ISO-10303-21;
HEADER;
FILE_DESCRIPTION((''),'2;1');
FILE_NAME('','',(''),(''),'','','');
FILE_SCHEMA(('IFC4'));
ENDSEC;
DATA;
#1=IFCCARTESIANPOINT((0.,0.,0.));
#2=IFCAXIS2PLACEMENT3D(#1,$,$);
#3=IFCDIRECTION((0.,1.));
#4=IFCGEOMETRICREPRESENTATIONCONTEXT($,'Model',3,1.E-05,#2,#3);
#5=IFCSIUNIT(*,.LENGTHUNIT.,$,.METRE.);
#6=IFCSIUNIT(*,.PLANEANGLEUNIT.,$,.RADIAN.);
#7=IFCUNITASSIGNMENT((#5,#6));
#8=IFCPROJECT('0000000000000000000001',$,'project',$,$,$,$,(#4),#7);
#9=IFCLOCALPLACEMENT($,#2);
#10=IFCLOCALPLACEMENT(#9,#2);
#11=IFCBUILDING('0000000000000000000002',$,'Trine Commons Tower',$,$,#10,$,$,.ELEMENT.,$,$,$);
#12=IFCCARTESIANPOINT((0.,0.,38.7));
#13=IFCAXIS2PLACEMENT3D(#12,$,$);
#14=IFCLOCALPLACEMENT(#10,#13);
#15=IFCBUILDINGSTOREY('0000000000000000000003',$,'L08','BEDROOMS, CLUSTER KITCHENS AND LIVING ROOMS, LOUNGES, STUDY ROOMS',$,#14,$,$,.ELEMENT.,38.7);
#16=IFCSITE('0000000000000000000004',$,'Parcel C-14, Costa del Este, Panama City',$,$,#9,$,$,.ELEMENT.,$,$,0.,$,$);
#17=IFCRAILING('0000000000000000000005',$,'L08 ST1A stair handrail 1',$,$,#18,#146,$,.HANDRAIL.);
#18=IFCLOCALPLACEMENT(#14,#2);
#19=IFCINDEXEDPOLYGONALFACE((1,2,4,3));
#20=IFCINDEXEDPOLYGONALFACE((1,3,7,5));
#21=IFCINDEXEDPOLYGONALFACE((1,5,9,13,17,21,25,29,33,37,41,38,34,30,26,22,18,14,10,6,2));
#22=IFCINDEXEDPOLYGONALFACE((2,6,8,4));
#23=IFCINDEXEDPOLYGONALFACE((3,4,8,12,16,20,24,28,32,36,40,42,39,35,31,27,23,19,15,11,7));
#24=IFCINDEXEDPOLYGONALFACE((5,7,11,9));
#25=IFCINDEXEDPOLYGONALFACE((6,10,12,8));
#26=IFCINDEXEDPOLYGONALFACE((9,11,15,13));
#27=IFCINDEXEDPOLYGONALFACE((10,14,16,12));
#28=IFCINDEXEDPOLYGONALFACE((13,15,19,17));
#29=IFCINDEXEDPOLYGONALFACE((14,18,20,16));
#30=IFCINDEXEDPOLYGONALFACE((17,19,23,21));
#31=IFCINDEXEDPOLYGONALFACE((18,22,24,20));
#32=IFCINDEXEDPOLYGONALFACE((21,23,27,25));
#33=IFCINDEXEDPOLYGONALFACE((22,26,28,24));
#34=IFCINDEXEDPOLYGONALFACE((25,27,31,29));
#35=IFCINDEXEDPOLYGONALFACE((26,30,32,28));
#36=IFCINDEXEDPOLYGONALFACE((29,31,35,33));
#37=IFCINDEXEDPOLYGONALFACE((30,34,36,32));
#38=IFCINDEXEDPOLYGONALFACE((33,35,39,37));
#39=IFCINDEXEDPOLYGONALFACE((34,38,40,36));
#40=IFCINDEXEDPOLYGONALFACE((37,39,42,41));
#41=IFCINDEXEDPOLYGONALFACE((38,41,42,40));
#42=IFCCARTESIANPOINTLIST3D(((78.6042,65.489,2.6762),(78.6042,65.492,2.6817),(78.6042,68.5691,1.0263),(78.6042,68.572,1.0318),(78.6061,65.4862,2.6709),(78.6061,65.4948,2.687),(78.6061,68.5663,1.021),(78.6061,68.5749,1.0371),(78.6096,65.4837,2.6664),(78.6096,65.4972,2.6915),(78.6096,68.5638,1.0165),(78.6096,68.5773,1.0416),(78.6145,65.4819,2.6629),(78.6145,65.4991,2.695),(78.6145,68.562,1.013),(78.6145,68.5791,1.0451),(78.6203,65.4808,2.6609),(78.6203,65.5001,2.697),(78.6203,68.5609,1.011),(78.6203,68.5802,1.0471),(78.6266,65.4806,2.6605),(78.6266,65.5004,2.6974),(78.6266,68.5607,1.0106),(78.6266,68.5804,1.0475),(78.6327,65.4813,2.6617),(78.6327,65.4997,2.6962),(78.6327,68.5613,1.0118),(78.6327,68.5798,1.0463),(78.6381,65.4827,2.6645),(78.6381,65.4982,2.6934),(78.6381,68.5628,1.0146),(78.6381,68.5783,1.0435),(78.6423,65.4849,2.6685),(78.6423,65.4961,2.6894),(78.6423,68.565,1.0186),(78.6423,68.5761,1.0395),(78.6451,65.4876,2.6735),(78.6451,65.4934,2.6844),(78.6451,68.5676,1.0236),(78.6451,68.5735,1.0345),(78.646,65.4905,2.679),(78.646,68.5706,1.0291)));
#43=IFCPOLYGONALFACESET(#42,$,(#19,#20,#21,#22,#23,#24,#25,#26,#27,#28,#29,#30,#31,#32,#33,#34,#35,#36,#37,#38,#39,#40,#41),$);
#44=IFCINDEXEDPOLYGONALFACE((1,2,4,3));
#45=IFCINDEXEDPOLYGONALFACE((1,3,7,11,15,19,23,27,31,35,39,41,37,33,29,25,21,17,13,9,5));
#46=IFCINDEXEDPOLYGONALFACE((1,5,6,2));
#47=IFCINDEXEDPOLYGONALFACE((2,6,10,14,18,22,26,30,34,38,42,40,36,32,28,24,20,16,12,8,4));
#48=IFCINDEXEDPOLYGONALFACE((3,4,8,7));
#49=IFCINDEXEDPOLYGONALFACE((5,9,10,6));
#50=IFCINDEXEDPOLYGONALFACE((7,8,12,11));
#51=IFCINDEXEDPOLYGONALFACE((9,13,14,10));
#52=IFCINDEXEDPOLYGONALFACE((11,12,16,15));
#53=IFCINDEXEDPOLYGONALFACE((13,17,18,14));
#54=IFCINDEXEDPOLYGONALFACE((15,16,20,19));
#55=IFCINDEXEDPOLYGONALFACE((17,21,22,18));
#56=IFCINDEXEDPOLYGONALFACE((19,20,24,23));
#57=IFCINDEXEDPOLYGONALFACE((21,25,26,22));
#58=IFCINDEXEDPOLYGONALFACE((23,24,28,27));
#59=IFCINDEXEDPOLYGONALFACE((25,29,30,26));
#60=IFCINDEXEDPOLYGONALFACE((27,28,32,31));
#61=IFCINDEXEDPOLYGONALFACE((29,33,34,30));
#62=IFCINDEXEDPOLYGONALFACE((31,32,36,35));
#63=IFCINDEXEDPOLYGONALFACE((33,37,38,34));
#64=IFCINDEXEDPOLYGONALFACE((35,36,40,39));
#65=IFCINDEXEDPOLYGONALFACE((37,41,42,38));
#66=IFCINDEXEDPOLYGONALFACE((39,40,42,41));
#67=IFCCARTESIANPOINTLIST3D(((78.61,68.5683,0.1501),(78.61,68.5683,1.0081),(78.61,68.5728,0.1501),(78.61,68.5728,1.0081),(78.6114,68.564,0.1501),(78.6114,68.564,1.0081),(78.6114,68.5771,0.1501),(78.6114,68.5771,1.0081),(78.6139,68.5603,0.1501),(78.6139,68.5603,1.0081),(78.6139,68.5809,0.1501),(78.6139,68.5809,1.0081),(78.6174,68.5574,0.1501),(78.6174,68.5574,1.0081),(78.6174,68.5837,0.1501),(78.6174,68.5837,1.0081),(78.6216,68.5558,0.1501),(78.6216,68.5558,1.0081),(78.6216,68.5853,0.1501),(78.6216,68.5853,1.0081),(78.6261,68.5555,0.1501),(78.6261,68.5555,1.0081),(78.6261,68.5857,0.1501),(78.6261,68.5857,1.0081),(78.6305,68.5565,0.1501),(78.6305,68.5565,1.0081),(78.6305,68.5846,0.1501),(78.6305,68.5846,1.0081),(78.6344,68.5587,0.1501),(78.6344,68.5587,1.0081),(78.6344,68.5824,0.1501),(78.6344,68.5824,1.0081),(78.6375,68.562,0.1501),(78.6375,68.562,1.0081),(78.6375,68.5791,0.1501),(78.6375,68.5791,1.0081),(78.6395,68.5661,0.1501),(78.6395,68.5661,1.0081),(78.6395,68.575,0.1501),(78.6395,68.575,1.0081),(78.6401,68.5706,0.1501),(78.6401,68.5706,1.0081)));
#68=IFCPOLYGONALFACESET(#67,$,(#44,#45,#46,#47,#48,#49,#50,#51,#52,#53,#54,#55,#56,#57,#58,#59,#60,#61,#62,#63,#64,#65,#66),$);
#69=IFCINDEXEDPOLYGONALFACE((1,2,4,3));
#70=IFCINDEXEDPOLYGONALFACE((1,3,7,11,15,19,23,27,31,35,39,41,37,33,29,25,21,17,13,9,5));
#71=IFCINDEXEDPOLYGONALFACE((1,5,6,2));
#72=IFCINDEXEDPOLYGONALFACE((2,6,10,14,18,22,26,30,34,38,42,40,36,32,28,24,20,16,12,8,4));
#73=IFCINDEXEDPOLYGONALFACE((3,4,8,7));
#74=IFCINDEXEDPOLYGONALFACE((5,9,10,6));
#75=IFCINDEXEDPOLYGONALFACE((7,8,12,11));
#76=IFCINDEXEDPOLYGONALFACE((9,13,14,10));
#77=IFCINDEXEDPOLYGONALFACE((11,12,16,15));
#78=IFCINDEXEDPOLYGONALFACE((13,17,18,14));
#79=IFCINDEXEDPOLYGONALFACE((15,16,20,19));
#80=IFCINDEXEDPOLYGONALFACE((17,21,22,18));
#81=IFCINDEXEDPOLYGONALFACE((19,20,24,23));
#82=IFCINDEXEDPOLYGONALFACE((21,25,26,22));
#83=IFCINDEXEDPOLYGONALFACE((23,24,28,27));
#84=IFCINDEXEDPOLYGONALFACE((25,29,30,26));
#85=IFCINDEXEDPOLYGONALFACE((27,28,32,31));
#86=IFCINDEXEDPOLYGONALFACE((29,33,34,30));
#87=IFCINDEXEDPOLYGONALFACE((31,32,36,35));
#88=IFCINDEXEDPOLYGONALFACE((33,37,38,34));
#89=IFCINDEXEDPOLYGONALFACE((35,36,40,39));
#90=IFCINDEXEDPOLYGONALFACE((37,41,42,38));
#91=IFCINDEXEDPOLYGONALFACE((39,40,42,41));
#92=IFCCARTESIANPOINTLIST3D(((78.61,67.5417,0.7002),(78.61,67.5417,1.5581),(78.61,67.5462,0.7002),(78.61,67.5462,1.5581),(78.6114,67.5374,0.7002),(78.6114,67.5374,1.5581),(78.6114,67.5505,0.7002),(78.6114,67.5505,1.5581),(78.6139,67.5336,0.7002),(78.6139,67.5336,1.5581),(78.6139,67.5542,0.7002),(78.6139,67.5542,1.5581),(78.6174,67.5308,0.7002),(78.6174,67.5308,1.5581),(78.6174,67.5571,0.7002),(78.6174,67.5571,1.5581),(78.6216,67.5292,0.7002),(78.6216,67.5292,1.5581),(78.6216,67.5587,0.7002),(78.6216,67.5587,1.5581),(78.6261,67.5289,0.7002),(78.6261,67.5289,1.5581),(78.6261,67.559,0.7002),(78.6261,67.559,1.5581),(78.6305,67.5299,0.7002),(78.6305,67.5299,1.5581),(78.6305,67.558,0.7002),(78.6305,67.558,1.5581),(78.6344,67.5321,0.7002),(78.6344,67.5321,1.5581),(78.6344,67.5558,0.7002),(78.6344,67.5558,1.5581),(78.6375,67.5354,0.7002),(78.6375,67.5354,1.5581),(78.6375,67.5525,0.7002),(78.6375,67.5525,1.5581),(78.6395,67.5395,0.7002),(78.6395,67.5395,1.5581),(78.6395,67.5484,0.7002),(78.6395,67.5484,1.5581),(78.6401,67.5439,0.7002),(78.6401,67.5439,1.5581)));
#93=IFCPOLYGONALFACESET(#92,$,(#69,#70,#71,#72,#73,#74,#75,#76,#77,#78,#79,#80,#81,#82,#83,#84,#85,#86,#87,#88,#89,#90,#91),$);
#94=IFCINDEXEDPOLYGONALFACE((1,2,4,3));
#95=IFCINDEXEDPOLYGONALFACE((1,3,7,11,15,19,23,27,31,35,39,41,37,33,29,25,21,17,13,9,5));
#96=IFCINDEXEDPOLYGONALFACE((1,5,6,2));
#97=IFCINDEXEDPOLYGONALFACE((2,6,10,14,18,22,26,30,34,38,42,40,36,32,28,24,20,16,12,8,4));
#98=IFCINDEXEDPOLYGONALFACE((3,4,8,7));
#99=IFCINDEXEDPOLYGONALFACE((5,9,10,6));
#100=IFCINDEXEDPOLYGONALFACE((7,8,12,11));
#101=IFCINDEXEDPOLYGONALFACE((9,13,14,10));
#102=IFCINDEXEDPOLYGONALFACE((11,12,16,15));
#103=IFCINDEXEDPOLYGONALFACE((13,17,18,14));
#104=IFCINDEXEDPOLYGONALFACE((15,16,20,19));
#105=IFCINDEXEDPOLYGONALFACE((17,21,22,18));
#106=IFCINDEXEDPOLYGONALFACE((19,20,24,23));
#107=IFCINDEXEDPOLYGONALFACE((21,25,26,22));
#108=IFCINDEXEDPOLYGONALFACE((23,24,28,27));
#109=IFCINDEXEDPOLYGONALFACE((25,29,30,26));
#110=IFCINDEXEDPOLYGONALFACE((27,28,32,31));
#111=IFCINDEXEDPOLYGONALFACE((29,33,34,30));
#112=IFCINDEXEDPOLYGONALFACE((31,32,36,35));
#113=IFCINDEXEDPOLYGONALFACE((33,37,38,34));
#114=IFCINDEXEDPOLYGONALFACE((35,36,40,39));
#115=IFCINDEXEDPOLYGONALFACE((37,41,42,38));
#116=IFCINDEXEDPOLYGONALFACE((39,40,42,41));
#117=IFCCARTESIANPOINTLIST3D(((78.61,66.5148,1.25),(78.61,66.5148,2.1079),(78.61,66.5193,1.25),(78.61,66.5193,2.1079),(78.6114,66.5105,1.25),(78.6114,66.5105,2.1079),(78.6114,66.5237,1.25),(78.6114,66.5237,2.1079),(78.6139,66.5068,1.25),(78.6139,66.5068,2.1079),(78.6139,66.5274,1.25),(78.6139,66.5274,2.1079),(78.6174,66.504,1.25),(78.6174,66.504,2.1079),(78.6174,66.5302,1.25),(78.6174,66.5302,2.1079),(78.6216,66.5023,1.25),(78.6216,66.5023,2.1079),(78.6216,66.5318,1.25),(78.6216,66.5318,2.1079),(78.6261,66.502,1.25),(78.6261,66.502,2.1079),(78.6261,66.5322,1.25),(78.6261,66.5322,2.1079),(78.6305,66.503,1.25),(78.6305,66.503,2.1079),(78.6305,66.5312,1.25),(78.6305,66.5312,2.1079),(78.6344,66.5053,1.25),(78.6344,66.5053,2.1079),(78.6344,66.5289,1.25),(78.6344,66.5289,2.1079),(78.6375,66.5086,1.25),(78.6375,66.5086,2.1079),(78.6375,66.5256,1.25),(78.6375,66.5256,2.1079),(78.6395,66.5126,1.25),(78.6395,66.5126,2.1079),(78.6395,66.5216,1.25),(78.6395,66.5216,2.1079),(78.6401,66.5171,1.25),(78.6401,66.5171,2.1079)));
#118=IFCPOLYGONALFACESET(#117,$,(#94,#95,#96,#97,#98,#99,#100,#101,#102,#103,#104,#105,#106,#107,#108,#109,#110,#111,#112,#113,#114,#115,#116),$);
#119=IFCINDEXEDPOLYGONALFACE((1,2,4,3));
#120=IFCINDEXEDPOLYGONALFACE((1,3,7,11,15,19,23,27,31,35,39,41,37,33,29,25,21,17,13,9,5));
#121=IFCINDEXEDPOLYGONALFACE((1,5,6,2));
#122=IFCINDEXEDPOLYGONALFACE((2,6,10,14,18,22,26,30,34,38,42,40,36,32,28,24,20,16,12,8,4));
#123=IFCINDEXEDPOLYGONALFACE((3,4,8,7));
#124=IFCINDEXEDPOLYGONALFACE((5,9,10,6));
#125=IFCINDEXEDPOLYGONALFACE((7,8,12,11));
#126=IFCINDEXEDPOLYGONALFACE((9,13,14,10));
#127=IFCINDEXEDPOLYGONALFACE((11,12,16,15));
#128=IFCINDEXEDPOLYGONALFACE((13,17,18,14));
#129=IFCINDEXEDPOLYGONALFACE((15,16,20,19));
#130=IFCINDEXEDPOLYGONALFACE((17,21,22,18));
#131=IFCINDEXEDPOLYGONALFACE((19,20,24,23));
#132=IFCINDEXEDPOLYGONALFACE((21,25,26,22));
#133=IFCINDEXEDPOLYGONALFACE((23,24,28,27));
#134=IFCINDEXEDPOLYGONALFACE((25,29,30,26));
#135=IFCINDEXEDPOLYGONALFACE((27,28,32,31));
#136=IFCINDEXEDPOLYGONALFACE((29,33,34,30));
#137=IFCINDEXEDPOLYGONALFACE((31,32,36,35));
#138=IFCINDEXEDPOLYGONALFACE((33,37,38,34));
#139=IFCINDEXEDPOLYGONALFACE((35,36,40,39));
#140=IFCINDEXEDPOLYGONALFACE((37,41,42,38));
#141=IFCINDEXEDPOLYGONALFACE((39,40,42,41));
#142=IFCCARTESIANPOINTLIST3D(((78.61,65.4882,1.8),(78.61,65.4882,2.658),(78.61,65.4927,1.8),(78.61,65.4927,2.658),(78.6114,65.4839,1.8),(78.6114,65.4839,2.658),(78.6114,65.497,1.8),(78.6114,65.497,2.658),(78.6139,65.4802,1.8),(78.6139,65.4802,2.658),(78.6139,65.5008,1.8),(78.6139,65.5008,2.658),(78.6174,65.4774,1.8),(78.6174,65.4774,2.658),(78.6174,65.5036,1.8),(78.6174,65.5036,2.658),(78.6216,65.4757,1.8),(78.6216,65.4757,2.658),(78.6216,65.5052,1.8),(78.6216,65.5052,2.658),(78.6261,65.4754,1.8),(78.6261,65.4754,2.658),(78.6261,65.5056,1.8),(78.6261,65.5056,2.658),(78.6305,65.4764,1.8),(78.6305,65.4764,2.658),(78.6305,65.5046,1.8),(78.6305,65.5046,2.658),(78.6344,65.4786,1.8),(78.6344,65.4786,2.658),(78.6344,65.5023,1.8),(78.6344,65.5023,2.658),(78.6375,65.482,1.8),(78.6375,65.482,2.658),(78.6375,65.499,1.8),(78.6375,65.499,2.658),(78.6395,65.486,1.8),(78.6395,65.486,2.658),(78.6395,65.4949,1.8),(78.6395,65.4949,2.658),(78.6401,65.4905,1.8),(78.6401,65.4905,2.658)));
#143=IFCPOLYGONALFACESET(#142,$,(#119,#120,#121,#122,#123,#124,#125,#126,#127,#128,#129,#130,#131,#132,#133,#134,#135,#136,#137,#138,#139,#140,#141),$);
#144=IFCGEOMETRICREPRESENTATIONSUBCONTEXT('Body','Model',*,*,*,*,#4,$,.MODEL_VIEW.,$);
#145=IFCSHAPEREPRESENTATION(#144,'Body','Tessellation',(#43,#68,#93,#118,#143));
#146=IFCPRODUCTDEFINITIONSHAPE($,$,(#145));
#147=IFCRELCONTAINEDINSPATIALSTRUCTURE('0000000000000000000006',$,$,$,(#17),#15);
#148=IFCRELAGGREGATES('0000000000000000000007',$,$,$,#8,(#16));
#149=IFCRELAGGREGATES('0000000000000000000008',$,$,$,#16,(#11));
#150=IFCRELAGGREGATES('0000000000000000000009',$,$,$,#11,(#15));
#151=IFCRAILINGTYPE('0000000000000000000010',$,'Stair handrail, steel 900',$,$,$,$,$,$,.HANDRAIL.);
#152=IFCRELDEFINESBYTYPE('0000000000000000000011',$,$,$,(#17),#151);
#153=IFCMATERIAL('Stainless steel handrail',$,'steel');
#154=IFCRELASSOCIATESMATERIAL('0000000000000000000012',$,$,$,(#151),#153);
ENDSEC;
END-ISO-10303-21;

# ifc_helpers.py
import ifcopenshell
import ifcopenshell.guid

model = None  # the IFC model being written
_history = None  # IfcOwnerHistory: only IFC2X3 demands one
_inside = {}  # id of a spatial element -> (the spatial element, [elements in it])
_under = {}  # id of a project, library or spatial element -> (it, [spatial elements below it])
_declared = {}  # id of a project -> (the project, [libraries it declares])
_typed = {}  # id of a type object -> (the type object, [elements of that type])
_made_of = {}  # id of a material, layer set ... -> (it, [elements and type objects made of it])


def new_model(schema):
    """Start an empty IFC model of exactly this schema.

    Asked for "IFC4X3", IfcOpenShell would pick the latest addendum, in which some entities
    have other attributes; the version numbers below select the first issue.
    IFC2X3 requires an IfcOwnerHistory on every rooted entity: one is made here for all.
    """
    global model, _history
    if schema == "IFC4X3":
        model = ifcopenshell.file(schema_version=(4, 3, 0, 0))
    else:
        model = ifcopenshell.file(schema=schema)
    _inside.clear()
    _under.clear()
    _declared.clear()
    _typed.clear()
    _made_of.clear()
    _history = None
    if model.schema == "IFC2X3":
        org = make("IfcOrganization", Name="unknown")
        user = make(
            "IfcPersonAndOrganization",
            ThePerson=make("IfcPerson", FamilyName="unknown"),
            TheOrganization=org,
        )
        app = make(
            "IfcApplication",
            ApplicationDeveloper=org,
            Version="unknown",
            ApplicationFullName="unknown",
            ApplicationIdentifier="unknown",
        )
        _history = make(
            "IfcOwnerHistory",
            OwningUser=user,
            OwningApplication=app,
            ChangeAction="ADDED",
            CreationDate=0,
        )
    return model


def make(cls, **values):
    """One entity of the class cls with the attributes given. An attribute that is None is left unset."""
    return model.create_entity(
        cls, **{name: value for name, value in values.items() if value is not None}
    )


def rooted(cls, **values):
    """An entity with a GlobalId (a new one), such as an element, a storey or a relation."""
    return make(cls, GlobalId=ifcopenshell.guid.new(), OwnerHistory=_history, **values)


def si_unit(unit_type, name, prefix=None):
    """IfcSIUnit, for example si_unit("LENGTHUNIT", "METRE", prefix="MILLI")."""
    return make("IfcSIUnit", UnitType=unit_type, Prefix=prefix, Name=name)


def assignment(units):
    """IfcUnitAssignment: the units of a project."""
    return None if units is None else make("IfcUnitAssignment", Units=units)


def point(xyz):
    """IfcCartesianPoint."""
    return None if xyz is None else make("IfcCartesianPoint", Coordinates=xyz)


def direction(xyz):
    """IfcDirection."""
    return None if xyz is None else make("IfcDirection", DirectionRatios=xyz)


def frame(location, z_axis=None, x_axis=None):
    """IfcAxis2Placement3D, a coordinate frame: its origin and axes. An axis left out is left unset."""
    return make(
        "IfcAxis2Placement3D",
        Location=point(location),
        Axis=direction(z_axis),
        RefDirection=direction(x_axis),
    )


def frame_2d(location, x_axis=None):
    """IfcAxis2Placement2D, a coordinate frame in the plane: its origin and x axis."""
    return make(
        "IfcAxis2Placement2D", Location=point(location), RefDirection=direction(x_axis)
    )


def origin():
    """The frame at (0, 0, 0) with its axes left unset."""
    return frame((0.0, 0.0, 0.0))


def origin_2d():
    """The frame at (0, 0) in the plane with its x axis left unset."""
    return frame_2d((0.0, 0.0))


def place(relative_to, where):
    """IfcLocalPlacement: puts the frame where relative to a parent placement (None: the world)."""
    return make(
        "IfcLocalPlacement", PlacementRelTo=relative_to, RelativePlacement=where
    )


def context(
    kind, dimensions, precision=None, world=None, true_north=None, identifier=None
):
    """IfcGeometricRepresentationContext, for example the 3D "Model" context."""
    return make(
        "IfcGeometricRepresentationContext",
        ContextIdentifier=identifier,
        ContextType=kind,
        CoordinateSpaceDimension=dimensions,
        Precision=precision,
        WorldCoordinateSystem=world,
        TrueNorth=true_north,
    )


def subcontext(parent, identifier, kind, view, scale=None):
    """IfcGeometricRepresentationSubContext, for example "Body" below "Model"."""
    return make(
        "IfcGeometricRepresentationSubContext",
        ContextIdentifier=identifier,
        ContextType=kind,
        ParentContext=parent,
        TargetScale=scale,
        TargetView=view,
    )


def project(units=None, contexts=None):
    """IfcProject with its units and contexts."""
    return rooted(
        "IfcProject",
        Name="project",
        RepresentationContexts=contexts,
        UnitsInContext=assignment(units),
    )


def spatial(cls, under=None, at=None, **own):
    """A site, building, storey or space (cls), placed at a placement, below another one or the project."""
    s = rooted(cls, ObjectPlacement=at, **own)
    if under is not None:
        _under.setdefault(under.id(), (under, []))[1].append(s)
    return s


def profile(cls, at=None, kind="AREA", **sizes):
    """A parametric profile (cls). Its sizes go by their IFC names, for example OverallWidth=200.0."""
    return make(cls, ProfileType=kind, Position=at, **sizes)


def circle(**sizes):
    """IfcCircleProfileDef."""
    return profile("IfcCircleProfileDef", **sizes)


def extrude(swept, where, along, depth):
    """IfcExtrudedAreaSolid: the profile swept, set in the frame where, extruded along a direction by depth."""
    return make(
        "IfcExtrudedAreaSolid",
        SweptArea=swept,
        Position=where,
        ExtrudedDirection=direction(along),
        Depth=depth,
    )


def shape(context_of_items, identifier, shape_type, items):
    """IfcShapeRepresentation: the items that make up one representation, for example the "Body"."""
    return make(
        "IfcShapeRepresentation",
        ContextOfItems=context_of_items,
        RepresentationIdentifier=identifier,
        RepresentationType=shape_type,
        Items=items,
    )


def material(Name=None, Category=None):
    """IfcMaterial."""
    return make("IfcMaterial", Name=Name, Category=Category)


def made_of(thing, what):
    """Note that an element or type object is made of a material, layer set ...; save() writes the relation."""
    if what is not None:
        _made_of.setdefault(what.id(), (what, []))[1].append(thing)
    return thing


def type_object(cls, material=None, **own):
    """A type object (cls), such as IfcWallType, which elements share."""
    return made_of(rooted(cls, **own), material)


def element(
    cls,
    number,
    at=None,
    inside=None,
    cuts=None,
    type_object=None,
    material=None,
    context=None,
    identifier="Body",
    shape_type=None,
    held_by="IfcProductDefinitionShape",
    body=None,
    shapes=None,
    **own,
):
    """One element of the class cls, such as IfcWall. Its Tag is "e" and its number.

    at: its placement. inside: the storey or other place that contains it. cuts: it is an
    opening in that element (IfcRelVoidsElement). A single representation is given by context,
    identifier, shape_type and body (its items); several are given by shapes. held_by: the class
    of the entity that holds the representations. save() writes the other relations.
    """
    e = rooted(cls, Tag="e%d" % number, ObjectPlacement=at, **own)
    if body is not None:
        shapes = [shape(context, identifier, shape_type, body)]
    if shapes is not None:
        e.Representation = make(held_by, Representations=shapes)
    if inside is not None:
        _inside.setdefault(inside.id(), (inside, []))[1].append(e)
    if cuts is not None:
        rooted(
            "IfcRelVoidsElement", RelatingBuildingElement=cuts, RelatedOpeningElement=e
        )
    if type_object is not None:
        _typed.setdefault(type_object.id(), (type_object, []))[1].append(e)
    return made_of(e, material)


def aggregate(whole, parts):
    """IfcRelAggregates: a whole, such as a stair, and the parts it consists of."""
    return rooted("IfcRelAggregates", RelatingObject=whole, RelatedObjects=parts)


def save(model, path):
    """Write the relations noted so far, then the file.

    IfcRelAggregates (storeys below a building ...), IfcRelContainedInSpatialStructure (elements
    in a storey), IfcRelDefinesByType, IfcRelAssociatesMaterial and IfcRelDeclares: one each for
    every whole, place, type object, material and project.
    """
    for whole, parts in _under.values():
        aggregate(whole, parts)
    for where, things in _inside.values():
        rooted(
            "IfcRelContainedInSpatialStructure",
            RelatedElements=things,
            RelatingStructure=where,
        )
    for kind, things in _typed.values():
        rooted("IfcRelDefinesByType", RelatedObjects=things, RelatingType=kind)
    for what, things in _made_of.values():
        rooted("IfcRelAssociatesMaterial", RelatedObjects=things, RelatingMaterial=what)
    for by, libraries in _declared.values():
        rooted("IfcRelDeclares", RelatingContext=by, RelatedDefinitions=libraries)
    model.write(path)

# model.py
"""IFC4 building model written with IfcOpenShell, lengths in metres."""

from ifc_helpers import new_model, si_unit, direction, frame, origin, origin_2d, place, context, subcontext, project, spatial, circle, extrude, material, type_object, element, save


model = new_model("IFC4")

# Units and contexts
model_context = context("Model", 3, precision=1e-05, world=origin(), true_north=direction((0.0, 1.0)))
body_context = subcontext(model_context, "Body", "Model", "MODEL_VIEW")
ifc_project = project(units=[si_unit("LENGTHUNIT", "METRE"), si_unit("PLANEANGLEUNIT", "RADIAN")], contexts=[model_context])

# Site, building, storey
site_placement = place(None, origin())
site = spatial("IfcSite", under=ifc_project, at=site_placement, Name="Parcel C-14, Costa del Este, Panama City", CompositionType="ELEMENT", RefElevation=0.0)
building_placement = place(site_placement, origin())
building = spatial("IfcBuilding", under=site, at=building_placement, Name="Trine Commons Tower", CompositionType="ELEMENT")
storey_placement = place(building_placement, frame((0.0, 0.0, 38.7)))
storey = spatial("IfcBuildingStorey", under=building, at=storey_placement, Name="L08", Description="BEDROOMS, CLUSTER KITCHENS AND LIVING ROOMS, LOUNGES, STUDY ROOMS", CompositionType="ELEMENT", Elevation=38.7)

# Railing
ifc_material_1 = material(Name="Stainless steel handrail", Category="steel")
railing_type_1 = type_object("IfcRailingType", Name="Stair handrail, steel 900", PredefinedType="HANDRAIL", material=ifc_material_1)
railing_1_placement = place(storey_placement, frame((78.625, 68.5706, 0.1501)))
element("IfcRailing", 1, at=railing_1_placement, inside=storey, type_object=railing_type_1, Name="L08 ST1A stair handrail 1", PredefinedType="HANDRAIL", context=body_context, shape_type="SweptSolid", body=[
    extrude(circle(Radius=0.021, at=origin_2d()), frame((0.0, 0.0, 0.8789), z_axis=(0.0, -0.881497, 0.47219), x_axis=(1.0, 0.0, 0.0)), (0.0, 0.0, 1.0), 3.4941),
    extrude(circle(Radius=0.0151, at=origin_2d()), origin(), (0.0, 0.0, 1.0), 0.8579),
    extrude(circle(Radius=0.0151, at=origin_2d()), frame((0.0, -1.0266, 0.55)), (0.0, 0.0, 1.0), 0.8579),
    extrude(circle(Radius=0.0151, at=origin_2d()), frame((0.0, -2.0535, 1.0999)), (0.0, 0.0, 1.0), 0.8579),
    extrude(circle(Radius=0.0151, at=origin_2d()), frame((0.0, -3.0801, 1.6499)), (0.0, 0.0, 1.0), 0.8579),
])

save(model, "model.ifc")
